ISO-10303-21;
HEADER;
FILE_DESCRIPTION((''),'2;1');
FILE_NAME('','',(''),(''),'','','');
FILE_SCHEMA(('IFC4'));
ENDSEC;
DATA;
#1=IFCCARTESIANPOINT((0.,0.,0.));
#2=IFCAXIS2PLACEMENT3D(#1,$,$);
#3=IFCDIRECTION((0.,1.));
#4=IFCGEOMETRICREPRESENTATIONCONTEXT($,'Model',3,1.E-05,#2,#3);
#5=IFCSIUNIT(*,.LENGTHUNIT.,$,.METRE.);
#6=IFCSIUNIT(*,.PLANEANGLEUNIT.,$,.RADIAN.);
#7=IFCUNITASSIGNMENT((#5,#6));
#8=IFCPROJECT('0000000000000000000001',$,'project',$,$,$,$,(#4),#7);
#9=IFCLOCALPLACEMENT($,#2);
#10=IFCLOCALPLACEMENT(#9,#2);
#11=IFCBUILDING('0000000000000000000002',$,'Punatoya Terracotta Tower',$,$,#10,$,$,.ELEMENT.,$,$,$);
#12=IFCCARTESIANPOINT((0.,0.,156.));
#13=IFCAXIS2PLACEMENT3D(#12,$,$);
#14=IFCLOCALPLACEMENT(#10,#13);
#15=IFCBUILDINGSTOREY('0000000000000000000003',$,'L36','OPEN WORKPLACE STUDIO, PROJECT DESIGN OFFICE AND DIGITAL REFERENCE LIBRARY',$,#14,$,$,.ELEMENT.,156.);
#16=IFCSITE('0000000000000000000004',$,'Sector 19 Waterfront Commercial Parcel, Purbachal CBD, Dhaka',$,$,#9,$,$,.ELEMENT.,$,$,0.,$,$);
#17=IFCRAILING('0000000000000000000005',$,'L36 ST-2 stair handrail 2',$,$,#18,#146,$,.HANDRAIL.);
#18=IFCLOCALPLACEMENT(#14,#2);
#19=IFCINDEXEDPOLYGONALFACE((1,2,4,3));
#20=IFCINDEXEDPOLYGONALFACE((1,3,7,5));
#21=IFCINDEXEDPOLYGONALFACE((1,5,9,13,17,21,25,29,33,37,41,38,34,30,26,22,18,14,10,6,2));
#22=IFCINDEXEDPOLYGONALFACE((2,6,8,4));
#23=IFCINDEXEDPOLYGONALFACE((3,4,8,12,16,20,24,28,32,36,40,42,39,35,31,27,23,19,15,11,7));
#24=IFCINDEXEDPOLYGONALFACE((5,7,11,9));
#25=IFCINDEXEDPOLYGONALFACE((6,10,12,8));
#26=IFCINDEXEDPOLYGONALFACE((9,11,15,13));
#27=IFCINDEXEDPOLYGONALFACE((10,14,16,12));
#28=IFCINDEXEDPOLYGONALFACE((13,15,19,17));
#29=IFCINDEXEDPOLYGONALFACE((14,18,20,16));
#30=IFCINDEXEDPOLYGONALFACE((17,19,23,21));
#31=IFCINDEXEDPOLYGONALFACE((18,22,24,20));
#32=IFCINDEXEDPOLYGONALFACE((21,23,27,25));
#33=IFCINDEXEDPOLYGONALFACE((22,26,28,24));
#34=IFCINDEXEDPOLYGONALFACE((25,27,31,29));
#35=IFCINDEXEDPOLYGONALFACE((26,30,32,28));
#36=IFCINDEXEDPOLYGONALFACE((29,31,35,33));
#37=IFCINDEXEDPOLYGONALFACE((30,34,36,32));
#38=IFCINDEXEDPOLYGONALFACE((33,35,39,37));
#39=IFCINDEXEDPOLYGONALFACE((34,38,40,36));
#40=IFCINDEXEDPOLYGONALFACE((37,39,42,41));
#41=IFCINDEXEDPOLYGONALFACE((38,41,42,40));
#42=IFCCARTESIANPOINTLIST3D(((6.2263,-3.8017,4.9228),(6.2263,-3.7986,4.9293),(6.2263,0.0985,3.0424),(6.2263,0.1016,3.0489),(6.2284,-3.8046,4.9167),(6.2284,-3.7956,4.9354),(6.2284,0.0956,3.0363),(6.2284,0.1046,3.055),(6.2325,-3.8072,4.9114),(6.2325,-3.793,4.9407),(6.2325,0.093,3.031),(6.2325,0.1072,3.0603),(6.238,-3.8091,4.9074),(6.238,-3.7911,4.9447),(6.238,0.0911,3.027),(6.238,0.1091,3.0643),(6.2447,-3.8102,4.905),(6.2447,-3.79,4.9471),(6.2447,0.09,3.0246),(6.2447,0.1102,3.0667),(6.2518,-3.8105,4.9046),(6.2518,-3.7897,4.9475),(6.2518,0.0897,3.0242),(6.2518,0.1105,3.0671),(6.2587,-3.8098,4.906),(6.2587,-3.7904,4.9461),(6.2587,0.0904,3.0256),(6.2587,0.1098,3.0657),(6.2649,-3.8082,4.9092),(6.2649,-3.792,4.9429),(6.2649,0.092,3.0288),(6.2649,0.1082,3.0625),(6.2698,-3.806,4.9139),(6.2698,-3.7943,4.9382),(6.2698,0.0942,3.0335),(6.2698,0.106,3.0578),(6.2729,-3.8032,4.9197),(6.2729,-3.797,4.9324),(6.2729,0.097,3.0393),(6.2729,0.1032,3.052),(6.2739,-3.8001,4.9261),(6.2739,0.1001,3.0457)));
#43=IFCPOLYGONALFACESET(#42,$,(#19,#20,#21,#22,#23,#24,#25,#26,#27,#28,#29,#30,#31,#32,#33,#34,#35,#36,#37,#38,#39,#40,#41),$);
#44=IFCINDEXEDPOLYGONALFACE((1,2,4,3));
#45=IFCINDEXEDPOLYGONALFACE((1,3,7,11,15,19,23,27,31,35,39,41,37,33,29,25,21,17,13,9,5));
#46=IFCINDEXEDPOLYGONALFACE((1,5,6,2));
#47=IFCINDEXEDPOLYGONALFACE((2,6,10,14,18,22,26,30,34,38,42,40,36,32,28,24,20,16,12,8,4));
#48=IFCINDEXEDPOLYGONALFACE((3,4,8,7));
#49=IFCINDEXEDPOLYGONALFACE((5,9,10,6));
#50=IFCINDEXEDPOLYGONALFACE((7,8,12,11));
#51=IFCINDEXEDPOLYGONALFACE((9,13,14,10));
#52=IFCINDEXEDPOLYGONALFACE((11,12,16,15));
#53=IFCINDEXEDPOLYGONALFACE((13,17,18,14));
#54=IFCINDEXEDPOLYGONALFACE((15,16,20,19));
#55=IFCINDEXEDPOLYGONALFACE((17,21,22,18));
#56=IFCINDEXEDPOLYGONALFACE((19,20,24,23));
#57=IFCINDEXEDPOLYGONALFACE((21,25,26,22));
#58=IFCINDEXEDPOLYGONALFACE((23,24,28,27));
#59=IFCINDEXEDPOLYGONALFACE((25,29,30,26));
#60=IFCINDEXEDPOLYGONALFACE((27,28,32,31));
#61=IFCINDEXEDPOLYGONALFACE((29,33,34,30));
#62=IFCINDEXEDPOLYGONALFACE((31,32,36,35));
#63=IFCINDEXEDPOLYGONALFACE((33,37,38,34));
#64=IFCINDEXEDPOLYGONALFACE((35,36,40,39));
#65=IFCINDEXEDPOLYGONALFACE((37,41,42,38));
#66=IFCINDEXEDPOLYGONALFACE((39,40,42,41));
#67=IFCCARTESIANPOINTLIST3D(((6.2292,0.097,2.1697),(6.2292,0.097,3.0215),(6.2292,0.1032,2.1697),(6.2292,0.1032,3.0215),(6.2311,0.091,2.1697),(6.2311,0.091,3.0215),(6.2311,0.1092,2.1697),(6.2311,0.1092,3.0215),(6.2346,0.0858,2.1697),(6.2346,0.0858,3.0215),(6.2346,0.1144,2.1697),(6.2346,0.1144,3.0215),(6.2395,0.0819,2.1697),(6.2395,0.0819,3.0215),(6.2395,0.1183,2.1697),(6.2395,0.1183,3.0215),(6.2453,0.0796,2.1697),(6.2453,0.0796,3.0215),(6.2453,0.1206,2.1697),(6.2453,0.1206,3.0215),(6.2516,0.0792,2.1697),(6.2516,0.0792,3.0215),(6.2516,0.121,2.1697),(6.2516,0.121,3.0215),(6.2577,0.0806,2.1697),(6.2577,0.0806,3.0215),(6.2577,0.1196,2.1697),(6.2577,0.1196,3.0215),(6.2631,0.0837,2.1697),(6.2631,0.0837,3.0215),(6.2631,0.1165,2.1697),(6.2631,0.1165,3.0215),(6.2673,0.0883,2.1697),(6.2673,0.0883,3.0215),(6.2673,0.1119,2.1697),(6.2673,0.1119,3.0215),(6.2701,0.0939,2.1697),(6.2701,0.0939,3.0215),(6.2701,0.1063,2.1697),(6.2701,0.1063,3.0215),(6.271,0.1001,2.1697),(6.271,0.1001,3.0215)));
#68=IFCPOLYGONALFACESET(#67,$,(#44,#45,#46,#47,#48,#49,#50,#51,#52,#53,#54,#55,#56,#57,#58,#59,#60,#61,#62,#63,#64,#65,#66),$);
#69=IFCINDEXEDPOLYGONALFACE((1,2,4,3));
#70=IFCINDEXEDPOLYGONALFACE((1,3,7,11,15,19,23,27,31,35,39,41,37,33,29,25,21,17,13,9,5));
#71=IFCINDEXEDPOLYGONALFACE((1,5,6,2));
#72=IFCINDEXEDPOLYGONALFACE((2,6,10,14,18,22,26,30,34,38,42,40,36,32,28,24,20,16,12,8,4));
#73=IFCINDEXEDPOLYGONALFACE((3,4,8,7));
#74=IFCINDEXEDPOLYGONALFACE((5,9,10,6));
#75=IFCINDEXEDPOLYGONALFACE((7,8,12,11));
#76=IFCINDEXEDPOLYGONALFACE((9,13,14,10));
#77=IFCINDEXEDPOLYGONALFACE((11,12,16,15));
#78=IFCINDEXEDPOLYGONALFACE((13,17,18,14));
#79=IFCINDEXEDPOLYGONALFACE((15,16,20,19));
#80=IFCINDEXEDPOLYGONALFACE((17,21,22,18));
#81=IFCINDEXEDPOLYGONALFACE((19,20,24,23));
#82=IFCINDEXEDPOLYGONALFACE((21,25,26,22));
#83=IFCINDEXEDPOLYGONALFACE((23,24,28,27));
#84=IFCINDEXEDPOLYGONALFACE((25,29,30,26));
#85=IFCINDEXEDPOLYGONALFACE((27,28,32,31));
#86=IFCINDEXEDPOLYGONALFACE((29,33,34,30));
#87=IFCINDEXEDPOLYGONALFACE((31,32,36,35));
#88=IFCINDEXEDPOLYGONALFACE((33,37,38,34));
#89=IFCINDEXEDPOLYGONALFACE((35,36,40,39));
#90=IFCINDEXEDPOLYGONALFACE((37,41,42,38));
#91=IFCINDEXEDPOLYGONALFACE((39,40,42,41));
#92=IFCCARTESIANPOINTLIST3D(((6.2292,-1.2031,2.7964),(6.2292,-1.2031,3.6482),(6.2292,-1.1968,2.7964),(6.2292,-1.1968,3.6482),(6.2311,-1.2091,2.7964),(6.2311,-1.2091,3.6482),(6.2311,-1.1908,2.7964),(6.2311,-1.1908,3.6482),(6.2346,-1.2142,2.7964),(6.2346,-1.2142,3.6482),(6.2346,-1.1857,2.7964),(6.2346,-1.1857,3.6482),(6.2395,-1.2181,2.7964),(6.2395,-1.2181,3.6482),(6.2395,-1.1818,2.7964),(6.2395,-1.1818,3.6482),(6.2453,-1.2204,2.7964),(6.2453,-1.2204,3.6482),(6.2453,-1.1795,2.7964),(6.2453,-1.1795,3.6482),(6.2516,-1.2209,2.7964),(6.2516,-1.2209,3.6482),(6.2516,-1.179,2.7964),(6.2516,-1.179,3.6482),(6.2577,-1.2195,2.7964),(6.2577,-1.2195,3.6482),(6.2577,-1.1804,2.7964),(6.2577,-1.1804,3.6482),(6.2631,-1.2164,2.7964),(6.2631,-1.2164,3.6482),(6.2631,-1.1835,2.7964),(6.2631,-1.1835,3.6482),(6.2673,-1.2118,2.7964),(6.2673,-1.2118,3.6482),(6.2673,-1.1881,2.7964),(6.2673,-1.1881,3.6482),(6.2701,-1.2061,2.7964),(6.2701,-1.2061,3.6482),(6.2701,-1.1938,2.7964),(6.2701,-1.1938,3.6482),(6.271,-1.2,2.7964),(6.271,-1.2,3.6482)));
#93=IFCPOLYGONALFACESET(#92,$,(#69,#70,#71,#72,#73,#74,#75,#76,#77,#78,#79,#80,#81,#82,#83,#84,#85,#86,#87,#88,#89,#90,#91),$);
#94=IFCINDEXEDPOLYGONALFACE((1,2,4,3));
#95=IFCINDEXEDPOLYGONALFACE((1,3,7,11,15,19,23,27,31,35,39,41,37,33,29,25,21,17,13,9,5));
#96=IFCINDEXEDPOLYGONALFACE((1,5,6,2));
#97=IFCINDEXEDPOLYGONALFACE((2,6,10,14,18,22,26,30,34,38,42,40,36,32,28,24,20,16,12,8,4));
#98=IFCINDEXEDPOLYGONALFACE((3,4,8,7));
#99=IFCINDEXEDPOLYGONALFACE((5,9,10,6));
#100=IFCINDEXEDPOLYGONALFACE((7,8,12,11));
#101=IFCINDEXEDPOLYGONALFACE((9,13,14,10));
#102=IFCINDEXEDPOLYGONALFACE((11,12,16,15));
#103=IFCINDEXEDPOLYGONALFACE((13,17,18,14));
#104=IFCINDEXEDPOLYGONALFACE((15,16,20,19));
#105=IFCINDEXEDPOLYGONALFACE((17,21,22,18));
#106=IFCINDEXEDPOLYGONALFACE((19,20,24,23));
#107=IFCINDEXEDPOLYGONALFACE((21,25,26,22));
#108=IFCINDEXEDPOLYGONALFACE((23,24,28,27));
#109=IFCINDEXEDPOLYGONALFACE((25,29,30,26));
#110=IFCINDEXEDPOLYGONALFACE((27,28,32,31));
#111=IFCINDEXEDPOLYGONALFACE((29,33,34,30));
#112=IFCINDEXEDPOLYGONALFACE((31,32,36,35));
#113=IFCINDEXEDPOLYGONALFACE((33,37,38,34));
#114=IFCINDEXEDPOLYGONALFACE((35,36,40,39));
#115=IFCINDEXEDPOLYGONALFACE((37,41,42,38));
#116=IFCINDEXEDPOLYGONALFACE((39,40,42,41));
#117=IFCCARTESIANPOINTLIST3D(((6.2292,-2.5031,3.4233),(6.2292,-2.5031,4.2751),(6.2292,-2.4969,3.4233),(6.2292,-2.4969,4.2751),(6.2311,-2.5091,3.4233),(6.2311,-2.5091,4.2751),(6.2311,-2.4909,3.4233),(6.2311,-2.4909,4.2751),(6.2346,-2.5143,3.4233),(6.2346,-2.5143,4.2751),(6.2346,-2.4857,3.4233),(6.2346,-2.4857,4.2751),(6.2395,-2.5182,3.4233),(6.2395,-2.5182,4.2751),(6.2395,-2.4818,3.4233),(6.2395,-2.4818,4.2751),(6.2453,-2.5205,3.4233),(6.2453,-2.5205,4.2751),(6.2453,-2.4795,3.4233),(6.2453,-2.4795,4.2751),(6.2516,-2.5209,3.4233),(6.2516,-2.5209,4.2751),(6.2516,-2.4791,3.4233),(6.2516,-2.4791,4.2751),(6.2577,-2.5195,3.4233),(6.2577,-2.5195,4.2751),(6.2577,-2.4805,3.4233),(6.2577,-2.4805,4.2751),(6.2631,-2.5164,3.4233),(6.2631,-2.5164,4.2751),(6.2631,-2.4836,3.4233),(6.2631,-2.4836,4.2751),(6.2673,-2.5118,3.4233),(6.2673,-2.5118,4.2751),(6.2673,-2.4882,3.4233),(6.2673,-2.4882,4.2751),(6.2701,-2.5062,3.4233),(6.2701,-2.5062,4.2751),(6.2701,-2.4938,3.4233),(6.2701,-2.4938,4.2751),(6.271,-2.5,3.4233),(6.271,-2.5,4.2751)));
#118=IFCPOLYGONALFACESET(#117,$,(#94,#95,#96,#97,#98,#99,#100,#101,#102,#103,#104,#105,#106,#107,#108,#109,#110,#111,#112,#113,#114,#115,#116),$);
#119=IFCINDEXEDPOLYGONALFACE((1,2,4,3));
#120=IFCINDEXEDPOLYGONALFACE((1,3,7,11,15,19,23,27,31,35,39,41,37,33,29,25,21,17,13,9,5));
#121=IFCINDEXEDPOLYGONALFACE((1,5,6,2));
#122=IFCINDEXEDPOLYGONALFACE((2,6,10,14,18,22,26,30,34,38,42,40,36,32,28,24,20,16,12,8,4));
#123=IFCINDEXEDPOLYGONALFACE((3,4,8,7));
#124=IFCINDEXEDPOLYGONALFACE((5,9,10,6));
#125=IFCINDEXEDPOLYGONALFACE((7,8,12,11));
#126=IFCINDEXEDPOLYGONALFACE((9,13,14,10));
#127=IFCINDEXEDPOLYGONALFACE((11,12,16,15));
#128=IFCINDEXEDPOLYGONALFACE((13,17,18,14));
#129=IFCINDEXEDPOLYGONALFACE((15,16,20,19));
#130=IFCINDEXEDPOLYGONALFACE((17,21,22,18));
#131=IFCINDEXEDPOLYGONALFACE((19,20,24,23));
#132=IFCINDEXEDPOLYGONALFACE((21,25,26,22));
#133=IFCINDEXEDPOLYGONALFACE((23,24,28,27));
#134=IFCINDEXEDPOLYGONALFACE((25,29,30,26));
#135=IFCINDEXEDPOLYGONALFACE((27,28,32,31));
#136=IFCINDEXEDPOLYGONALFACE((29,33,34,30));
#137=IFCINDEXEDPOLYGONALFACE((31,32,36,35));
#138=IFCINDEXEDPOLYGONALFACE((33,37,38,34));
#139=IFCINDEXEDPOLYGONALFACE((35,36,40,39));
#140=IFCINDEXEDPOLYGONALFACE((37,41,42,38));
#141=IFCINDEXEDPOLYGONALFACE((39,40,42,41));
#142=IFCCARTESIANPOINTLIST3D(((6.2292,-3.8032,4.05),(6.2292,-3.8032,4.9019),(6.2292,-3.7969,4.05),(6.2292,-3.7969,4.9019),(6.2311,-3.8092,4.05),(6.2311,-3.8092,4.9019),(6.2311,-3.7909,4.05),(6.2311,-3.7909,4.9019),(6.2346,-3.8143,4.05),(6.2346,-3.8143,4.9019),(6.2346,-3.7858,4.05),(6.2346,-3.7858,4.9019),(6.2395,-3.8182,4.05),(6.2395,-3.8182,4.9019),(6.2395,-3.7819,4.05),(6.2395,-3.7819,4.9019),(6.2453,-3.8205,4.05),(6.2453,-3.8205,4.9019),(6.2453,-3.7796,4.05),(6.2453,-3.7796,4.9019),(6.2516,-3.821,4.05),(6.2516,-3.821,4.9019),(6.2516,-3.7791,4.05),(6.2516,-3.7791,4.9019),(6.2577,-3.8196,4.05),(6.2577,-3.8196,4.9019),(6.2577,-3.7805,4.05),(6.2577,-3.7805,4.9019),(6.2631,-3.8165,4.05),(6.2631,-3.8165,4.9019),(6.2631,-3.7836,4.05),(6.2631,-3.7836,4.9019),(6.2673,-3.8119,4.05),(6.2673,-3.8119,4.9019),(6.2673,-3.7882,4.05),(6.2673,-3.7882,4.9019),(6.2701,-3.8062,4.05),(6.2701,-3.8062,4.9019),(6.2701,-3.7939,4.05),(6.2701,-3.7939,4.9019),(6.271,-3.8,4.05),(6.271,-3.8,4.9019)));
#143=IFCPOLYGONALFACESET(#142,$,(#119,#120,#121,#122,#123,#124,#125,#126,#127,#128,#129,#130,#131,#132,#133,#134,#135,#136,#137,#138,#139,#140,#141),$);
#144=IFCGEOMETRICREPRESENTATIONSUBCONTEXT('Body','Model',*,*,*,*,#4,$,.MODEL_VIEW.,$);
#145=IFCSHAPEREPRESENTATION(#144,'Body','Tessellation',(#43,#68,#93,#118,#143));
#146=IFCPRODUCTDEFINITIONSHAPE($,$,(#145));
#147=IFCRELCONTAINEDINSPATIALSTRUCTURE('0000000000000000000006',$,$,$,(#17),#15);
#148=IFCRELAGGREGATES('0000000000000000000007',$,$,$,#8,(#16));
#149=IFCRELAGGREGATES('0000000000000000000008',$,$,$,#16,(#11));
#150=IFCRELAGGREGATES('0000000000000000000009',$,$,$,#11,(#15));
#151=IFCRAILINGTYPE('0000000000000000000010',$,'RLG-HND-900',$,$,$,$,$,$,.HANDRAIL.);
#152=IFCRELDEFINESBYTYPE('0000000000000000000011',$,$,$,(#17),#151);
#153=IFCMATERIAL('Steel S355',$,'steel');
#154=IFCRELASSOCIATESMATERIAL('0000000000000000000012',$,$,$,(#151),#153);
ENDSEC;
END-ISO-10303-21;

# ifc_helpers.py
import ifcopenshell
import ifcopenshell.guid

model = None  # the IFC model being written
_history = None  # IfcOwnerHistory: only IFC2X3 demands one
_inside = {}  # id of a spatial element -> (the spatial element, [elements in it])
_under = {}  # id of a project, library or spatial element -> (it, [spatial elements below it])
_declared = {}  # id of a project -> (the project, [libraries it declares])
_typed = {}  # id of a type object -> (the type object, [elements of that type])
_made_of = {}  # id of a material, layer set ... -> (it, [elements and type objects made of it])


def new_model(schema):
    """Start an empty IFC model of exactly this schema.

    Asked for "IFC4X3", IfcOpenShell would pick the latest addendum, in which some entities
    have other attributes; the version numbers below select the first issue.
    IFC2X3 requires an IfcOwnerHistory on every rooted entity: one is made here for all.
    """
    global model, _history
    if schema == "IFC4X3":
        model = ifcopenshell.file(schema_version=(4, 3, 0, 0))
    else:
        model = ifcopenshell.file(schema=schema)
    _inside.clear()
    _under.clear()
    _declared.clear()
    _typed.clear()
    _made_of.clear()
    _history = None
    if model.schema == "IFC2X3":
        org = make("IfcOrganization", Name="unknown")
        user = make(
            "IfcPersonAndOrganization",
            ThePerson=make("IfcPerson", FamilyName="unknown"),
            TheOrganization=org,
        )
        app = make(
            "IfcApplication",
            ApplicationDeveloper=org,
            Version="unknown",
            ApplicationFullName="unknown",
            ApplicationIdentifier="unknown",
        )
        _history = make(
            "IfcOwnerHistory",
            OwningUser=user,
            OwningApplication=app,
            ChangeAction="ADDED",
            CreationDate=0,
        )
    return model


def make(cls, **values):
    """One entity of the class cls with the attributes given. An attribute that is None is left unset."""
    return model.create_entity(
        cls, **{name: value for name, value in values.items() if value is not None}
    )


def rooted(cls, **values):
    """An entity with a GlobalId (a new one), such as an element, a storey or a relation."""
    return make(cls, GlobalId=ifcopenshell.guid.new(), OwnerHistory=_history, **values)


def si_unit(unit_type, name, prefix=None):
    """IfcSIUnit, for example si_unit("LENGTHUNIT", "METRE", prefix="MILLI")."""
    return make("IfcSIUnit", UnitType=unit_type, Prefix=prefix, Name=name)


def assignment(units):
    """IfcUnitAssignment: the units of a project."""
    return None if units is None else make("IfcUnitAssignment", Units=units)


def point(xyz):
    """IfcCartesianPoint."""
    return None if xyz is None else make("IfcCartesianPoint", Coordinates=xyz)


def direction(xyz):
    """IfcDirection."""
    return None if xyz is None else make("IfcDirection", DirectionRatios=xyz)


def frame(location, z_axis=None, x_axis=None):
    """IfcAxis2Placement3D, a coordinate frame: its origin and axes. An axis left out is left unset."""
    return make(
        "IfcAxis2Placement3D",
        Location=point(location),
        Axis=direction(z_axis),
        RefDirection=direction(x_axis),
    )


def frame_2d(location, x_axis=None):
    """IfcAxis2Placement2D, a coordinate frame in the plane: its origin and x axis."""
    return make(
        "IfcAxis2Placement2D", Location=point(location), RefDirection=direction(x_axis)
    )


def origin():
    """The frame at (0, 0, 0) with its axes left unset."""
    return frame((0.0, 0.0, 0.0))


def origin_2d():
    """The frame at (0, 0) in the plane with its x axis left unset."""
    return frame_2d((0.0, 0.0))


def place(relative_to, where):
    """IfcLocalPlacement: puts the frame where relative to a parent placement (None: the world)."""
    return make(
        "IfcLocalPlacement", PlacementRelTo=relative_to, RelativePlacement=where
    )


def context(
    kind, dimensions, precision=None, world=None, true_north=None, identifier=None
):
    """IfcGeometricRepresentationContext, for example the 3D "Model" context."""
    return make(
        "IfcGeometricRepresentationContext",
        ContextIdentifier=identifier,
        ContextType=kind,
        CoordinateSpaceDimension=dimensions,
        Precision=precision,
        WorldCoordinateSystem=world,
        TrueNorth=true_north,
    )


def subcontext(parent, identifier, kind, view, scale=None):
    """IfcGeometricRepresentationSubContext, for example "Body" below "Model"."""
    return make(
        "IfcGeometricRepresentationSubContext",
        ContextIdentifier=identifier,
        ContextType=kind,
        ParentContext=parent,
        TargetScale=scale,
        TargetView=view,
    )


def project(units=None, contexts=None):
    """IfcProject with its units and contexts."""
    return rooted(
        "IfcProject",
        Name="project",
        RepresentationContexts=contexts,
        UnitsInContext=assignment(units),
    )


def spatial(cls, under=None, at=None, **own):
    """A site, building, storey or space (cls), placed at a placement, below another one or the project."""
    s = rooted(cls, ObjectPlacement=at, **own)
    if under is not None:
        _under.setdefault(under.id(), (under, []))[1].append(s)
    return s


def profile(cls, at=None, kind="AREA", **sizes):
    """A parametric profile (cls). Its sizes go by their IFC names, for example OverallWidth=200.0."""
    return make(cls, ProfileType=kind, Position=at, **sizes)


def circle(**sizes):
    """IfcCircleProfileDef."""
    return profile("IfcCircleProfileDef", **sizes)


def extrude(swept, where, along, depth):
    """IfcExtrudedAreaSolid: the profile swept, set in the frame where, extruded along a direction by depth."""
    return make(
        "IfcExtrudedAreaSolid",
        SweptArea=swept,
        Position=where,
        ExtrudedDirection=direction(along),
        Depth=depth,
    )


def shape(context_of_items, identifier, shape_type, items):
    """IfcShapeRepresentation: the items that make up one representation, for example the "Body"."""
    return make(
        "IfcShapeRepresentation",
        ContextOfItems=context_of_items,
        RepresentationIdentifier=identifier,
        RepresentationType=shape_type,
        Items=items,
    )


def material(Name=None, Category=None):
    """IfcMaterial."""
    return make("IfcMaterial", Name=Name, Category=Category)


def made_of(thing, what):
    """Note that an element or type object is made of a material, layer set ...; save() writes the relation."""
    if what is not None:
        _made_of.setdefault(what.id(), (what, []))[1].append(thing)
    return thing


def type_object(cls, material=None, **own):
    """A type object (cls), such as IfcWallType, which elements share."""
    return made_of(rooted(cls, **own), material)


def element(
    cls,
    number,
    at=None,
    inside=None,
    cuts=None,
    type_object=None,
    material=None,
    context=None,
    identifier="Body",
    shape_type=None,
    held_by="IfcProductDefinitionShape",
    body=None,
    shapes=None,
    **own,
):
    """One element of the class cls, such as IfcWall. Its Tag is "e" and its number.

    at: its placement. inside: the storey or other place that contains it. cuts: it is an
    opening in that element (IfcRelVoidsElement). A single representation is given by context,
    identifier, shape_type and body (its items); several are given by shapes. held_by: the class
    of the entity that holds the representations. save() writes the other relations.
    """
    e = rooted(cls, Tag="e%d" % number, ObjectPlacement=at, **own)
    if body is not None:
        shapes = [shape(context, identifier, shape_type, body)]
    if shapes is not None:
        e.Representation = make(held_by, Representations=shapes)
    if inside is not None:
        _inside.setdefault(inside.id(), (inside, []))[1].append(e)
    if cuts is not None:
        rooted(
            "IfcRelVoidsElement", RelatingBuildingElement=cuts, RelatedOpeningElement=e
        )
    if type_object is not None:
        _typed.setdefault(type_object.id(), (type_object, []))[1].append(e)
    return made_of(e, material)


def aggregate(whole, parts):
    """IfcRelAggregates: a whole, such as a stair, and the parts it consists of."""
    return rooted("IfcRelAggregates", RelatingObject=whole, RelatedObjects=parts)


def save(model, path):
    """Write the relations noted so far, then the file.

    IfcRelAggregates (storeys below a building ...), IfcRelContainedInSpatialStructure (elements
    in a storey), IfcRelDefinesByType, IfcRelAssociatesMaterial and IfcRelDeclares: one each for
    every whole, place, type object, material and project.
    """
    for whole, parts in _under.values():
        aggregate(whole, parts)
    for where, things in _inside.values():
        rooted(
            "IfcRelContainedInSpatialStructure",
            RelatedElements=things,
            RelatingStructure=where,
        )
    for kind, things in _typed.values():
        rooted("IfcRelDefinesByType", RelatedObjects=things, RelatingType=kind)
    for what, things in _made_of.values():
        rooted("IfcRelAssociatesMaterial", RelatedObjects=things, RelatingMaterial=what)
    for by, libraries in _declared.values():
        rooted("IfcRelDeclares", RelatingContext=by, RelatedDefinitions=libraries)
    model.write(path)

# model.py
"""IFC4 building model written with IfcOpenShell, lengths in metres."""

from ifc_helpers import new_model, si_unit, direction, frame, origin, origin_2d, place, context, subcontext, project, spatial, circle, extrude, material, type_object, element, save


model = new_model("IFC4")

# Units and contexts
model_context = context("Model", 3, precision=1e-05, world=origin(), true_north=direction((0.0, 1.0)))
body_context = subcontext(model_context, "Body", "Model", "MODEL_VIEW")
ifc_project = project(units=[si_unit("LENGTHUNIT", "METRE"), si_unit("PLANEANGLEUNIT", "RADIAN")], contexts=[model_context])

# Site, building, storey
site_placement = place(None, origin())
site = spatial("IfcSite", under=ifc_project, at=site_placement, Name="Sector 19 Waterfront Commercial Parcel, Purbachal CBD, Dhaka", CompositionType="ELEMENT", RefElevation=0.0)
building_placement = place(site_placement, origin())
building = spatial("IfcBuilding", under=site, at=building_placement, Name="Punatoya Terracotta Tower", CompositionType="ELEMENT")
storey_placement = place(building_placement, frame((0.0, 0.0, 156.0)))
storey = spatial("IfcBuildingStorey", under=building, at=storey_placement, Name="L36", Description="OPEN WORKPLACE STUDIO, PROJECT DESIGN OFFICE AND DIGITAL REFERENCE LIBRARY", CompositionType="ELEMENT", Elevation=156.0)

# Shared definitions
ifc_material_1 = material(Name="Steel S355", Category="steel")

# Railing
railing_type_1 = type_object("IfcRailingType", Name="RLG-HND-900", PredefinedType="HANDRAIL", material=ifc_material_1)
railing_1_placement = place(storey_placement, frame((6.25, 0.1001, 2.1697)))
element("IfcRailing", 1, at=railing_1_placement, inside=storey, type_object=railing_type_1, Name="L36 ST-2 stair handrail 2", PredefinedType="HANDRAIL", context=body_context, shape_type="SweptSolid", body=[
    extrude(circle(Radius=0.0239, at=origin_2d()), frame((0.0, 0.0, 0.876), z_axis=(0.0, -0.900774, 0.434289), x_axis=(1.0, 0.0, 0.0)), (0.0, 0.0, 1.0), 4.3298),
    extrude(circle(Radius=0.021, at=origin_2d()), origin(), (0.0, 0.0, 1.0), 0.8518),
    extrude(circle(Radius=0.021, at=origin_2d()), frame((0.0, -1.3, 0.6267)), (0.0, 0.0, 1.0), 0.8518),
    extrude(circle(Radius=0.021, at=origin_2d()), frame((0.0, -2.6001, 1.2537)), (0.0, 0.0, 1.0), 0.8518),
    extrude(circle(Radius=0.021, at=origin_2d()), frame((0.0, -3.9001, 1.8804)), (0.0, 0.0, 1.0), 0.8518),
])

save(model, "model.ifc")
